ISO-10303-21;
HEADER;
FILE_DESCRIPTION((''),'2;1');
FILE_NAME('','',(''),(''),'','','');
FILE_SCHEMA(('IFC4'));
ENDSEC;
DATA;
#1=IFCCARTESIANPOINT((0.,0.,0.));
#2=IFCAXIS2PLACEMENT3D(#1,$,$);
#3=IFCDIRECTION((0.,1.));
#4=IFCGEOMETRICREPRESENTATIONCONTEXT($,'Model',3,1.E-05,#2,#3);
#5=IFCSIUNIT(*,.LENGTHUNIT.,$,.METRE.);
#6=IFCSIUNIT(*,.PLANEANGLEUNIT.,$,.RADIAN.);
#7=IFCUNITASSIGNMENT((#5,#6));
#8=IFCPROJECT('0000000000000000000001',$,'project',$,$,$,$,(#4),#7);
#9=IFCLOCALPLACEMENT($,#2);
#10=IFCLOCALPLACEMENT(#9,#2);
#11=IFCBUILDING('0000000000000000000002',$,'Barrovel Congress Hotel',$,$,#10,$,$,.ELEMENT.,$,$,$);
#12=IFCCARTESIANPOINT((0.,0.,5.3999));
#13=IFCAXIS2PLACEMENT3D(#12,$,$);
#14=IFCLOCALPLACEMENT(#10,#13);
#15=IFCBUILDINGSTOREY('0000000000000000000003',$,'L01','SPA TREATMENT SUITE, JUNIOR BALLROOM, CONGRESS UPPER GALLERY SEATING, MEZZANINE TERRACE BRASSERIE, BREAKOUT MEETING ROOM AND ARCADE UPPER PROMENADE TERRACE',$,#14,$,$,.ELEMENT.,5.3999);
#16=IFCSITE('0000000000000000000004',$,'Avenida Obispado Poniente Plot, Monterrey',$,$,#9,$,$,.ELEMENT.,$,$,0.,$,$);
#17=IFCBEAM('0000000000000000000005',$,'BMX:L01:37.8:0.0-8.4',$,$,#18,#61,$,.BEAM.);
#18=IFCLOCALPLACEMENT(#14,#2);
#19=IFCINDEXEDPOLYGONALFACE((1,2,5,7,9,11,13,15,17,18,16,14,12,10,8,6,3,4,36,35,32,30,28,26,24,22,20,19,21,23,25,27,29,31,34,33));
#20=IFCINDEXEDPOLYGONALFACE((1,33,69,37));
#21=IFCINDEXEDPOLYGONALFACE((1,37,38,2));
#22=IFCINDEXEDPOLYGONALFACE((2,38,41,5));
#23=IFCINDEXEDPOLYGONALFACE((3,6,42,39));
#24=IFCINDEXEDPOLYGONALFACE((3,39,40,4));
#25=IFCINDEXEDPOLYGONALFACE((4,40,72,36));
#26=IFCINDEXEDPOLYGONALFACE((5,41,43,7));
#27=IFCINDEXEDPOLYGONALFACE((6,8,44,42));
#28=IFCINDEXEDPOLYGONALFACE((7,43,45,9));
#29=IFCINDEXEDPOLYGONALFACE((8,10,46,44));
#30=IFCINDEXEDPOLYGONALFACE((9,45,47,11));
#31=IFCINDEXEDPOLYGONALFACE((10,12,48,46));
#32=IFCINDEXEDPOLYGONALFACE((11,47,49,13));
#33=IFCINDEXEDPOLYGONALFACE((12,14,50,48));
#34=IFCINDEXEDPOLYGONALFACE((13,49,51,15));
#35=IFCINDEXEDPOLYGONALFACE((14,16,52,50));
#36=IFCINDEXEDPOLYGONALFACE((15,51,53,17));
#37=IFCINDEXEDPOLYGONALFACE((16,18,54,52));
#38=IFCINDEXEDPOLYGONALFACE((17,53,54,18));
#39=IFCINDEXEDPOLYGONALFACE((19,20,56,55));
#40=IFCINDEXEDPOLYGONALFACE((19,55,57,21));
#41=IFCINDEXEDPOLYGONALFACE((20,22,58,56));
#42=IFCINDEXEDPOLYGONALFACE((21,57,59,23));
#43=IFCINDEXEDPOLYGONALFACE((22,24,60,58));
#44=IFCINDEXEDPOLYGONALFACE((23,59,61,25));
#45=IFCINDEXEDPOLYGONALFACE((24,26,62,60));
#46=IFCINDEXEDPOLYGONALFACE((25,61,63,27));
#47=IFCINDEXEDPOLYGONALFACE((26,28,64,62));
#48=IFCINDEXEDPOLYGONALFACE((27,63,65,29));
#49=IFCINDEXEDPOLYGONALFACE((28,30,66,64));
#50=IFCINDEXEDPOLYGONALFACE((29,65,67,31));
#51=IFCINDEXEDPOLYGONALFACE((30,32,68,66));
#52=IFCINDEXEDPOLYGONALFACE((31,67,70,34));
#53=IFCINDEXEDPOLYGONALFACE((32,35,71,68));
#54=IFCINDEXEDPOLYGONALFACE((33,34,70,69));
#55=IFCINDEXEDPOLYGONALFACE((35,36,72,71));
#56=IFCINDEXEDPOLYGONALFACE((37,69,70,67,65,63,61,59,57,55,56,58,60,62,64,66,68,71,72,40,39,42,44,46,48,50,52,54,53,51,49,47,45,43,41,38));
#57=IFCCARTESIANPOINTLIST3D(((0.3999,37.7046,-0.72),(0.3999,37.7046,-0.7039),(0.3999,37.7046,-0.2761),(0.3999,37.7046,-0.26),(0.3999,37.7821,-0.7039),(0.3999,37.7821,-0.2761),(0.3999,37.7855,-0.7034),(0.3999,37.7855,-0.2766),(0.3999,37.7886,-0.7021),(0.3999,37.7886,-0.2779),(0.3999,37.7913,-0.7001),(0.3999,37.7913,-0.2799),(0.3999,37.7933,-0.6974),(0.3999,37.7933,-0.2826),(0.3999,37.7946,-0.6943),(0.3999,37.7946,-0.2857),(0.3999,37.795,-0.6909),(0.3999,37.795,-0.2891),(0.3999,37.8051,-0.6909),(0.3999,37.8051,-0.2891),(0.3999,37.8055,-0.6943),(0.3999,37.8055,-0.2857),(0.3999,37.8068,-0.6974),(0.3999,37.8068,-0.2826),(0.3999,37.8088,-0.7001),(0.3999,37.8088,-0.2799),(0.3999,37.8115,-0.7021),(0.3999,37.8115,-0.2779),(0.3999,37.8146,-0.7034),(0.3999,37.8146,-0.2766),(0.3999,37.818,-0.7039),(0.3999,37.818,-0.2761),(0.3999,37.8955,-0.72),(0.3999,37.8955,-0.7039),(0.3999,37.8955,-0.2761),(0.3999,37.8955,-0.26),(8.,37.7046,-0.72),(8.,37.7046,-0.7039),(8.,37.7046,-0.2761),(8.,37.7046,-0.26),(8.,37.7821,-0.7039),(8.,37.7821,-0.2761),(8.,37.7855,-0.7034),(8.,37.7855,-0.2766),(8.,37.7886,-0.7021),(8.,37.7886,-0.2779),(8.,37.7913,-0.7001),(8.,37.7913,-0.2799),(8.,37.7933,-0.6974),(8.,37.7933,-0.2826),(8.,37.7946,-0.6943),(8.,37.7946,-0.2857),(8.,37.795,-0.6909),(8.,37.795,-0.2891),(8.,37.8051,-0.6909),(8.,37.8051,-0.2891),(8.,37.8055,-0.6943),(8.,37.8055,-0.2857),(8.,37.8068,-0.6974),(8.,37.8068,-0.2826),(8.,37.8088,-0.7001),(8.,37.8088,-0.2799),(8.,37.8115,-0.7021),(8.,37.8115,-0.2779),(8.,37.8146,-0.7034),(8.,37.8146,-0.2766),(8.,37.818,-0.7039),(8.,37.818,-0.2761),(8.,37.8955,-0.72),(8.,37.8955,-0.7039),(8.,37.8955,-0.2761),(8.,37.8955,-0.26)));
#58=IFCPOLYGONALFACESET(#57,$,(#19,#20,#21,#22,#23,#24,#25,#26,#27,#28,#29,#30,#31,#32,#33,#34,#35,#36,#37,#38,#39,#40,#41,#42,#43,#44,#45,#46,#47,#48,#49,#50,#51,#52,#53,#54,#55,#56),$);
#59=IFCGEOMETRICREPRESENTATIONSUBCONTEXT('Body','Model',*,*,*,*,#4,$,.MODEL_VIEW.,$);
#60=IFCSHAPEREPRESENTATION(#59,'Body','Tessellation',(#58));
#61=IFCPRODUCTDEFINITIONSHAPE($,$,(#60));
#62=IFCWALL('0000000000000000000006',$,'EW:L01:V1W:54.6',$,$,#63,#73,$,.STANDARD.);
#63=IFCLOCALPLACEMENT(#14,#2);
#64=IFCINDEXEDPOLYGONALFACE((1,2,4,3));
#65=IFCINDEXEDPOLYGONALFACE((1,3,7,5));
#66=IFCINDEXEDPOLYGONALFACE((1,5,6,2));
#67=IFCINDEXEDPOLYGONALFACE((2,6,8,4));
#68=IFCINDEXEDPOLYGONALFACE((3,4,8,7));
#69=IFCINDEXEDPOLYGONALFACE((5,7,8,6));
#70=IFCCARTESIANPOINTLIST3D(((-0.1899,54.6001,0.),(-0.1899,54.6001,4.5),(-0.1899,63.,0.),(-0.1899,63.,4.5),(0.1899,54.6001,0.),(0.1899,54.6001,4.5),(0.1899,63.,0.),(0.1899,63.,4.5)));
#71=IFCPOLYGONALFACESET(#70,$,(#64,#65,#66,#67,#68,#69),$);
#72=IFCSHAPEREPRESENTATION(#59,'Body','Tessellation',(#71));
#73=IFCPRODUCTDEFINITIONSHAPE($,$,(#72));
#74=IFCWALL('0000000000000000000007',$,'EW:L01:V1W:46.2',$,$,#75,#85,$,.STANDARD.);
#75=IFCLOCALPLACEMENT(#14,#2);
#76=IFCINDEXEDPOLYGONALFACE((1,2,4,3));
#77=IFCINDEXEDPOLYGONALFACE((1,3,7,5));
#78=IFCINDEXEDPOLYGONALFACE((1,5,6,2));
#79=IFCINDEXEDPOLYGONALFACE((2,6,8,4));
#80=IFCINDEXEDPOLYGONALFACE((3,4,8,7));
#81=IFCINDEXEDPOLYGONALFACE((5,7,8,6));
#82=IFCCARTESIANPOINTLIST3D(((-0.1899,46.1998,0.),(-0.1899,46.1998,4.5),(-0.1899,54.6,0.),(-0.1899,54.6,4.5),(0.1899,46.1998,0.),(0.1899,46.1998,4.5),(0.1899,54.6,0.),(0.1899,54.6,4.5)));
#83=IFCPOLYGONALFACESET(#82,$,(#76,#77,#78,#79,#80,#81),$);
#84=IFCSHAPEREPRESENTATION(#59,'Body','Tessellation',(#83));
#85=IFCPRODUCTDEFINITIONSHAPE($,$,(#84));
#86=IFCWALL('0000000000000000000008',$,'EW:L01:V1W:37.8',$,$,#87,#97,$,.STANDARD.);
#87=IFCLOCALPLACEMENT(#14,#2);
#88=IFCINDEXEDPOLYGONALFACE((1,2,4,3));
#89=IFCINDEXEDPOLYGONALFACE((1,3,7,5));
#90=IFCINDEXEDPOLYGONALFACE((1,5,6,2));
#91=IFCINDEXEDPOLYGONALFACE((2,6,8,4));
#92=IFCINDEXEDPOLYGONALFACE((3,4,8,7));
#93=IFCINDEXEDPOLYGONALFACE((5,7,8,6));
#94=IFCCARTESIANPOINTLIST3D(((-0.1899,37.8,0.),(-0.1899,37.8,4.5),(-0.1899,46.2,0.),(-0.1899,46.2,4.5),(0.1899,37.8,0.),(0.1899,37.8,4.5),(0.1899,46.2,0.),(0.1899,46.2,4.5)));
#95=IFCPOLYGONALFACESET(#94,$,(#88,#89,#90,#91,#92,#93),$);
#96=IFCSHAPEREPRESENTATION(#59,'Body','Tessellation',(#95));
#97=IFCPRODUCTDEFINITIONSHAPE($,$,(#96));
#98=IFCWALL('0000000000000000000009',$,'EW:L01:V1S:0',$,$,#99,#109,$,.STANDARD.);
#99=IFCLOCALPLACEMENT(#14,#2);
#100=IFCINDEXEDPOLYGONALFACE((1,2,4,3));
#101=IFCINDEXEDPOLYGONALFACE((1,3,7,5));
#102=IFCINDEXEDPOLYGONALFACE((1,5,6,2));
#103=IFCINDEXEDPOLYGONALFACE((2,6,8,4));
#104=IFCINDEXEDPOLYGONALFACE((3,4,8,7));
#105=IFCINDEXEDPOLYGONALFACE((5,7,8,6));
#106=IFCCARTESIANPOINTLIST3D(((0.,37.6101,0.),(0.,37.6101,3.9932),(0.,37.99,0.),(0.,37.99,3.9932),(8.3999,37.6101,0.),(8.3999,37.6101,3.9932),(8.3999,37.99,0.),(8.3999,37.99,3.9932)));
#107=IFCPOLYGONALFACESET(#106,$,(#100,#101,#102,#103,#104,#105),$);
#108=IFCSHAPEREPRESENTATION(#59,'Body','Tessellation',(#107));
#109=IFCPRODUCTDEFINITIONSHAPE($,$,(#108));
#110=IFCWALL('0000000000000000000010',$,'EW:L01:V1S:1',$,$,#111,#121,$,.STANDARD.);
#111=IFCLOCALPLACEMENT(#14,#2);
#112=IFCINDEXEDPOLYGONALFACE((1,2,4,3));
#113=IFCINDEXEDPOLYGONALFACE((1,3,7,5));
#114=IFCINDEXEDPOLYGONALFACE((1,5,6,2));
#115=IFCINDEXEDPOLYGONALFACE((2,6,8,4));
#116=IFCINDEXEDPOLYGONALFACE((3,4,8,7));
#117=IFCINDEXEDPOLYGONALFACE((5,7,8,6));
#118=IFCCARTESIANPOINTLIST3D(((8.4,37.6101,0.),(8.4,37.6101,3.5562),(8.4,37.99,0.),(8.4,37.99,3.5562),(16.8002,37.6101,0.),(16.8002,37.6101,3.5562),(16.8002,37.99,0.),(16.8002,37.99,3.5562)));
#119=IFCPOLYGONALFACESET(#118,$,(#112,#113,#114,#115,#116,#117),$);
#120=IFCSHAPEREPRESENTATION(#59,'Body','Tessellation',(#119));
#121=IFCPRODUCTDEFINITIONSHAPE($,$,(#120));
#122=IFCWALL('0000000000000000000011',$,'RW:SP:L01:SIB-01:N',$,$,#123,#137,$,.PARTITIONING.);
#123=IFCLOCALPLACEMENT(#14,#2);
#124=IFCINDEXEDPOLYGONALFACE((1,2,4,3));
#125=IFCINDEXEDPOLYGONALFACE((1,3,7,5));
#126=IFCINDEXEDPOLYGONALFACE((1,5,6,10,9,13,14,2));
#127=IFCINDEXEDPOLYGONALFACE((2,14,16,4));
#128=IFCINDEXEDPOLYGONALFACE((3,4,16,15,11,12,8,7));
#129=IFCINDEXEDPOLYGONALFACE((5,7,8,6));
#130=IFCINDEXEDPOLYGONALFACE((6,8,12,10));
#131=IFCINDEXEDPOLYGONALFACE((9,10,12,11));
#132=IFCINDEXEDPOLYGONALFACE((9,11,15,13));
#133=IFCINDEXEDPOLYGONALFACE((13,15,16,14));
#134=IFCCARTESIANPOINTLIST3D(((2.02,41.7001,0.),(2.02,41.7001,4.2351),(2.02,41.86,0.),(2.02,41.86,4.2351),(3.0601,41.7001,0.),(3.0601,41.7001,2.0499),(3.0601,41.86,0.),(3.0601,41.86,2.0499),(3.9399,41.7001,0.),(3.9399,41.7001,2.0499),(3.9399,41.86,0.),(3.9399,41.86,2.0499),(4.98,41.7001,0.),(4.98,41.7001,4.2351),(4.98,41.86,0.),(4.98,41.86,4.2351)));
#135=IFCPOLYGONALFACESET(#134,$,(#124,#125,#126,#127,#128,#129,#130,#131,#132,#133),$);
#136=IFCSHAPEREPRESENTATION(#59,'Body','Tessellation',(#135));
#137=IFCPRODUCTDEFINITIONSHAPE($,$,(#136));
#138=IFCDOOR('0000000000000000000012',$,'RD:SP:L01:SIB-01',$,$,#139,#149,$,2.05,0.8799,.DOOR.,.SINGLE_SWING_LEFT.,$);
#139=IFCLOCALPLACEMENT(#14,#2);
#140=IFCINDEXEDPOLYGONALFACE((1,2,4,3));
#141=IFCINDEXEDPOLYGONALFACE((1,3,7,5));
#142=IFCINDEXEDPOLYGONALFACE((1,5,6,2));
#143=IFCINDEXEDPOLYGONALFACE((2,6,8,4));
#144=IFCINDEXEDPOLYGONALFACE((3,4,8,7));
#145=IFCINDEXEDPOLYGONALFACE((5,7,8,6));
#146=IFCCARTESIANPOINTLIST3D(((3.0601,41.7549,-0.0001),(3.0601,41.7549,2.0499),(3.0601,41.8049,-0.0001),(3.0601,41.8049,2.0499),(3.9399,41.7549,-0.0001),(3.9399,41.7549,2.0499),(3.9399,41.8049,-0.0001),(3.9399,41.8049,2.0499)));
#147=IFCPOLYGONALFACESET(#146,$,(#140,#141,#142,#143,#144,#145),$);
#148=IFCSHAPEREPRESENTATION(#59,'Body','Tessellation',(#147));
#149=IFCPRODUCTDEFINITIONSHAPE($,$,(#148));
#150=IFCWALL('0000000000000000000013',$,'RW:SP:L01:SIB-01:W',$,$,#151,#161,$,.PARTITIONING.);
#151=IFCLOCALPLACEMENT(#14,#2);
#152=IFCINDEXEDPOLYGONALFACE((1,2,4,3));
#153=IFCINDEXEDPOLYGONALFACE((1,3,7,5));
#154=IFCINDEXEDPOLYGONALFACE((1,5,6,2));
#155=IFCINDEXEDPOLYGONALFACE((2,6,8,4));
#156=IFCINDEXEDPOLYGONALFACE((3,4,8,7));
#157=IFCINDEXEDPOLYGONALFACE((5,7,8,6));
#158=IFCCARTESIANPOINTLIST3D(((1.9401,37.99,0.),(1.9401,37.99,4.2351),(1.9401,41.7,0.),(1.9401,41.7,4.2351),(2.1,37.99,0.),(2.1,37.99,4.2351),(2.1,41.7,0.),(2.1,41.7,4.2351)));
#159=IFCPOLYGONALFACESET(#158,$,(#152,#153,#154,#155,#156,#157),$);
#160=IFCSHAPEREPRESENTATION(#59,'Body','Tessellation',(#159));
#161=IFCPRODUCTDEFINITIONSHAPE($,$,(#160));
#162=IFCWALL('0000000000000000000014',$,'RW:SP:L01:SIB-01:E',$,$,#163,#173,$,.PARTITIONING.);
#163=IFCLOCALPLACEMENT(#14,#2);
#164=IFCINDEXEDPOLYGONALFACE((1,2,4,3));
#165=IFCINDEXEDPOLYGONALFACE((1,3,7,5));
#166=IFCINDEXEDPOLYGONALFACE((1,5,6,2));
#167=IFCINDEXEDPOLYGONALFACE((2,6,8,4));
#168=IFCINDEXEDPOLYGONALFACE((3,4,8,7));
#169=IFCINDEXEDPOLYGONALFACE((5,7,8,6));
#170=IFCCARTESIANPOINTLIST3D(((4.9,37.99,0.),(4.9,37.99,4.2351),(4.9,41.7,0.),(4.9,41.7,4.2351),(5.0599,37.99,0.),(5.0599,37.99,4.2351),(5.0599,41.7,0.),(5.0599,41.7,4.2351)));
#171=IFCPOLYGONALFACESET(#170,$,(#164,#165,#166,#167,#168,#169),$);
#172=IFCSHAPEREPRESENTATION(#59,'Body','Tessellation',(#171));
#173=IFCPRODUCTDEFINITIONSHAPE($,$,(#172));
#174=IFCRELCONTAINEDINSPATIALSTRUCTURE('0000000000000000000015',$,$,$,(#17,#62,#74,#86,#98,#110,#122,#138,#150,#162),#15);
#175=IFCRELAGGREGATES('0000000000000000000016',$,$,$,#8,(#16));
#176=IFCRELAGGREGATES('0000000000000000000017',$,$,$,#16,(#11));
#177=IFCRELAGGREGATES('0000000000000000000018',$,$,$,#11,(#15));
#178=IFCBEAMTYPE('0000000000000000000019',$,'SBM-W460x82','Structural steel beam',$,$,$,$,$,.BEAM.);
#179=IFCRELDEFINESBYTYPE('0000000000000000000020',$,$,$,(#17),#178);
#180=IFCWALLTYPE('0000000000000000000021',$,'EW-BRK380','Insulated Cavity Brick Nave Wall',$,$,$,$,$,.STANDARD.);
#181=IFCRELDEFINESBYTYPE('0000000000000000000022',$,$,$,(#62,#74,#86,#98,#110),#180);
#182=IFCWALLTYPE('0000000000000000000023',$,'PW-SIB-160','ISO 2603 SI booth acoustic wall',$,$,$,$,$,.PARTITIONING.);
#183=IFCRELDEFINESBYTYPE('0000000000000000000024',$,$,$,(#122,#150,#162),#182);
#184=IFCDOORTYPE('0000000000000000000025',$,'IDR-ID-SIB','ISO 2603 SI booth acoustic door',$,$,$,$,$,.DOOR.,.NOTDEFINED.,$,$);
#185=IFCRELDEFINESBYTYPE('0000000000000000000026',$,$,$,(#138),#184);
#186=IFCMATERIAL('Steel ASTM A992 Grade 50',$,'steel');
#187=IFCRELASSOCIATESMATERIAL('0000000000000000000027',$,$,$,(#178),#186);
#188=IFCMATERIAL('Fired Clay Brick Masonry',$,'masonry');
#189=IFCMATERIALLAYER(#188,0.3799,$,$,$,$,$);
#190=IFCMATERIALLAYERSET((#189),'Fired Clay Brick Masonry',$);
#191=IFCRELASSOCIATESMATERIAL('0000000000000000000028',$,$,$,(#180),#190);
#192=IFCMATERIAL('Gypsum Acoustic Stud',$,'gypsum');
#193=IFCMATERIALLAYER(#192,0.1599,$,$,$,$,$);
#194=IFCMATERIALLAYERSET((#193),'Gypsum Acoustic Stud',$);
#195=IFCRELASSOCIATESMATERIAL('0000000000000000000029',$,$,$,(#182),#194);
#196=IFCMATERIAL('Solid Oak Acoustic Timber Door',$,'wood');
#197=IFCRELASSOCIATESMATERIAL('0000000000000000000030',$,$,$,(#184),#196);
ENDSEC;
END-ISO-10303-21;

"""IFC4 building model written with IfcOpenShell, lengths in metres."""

from ifc_helpers import new_model, si_unit, direction, frame, frame_2d, origin, origin_2d, place, context, subcontext, project, spatial, rectangle, i_section, extrude, material, layer, layer_set, material_profile, profile_set, type_object, element, fill, save


model = new_model("IFC4")

# Units and contexts
model_context = context("Model", 3, precision=1e-05, world=origin(), true_north=direction((0.0, 1.0)))
body_context = subcontext(model_context, "Body", "Model", "MODEL_VIEW")
ifc_project = project(units=[si_unit("LENGTHUNIT", "METRE"), si_unit("PLANEANGLEUNIT", "RADIAN")], contexts=[model_context])

# Site, building, storey
site_placement = place(None, origin())
site = spatial("IfcSite", under=ifc_project, at=site_placement, Name="Avenida Obispado Poniente Plot, Monterrey", CompositionType="ELEMENT", RefElevation=0.0)
building_placement = place(site_placement, origin())
building = spatial("IfcBuilding", under=site, at=building_placement, Name="Barrovel Congress Hotel", CompositionType="ELEMENT")
storey_placement = place(building_placement, frame((0.0, 0.0, 5.3999)))
storey = spatial("IfcBuildingStorey", under=building, at=storey_placement, Name="L01", Description="SPA TREATMENT SUITE, JUNIOR BALLROOM, CONGRESS UPPER GALLERY SEATING, MEZZANINE TERRACE BRASSERIE, BREAKOUT MEETING ROOM AND ARCADE UPPER PROMENADE TERRACE", CompositionType="ELEMENT", Elevation=5.3999)

# Beam
ifc_material_1 = material(Name="Steel ASTM A992 Grade 50", Category="steel")
ifc_material_profile_1 = material_profile(ifc_material_1, i_section(OverallWidth=0.1909, OverallDepth=0.46, WebThickness=0.01, FlangeThickness=0.0161, FilletRadius=0.0129, at=origin_2d()), Name="W460x82")
ifc_profile_set_1 = profile_set([ifc_material_profile_1], Name="Steel ASTM A992 Grade 50")
beam_type_1 = type_object("IfcBeamType", Name="SBM-W460x82", Description="Structural steel beam", PredefinedType="BEAM", material=ifc_profile_set_1)
beam_1_placement = place(storey_placement, frame((0.3999, 37.8, -0.49), z_axis=(1.0, 0.0, 0.0), x_axis=(0.0, 1.0, 0.0)))
element("IfcBeam", 1, at=beam_1_placement, inside=storey, type_object=beam_type_1, Name="BMX:L01:37.8:0.0-8.4", PredefinedType="BEAM", context=body_context, shape_type="SweptSolid", body=[
    extrude(i_section(OverallWidth=0.1909, OverallDepth=0.46, WebThickness=0.01, FlangeThickness=0.0161, FilletRadius=0.0129, at=origin_2d()), origin(), (0.0, 0.0, 1.0), 7.6001),
])

# Walls
ifc_material_2 = material(Name="Fired Clay Brick Masonry", Category="masonry")
ifc_layer_1 = layer(ifc_material_2, 0.3799)
ifc_layer_set_1 = layer_set([ifc_layer_1], Name="Fired Clay Brick Masonry")
wall_type_1 = type_object("IfcWallType", Name="EW-BRK380", Description="Insulated Cavity Brick Nave Wall", PredefinedType="STANDARD", material=ifc_layer_set_1)
wall_1_placement = place(storey_placement, frame((0.0, 63.0, 0.0), z_axis=(0.0, 0.0, 1.0), x_axis=(0.0, -1.0, 0.0)))
element("IfcWall", 2, at=wall_1_placement, inside=storey, type_object=wall_type_1, Name="EW:L01:V1W:54.6", PredefinedType="STANDARD", context=body_context, shape_type="SweptSolid", body=[
    extrude(rectangle(XDim=8.3999, YDim=0.3799, at=frame_2d((4.2, 0.0))), origin(), (0.0, 0.0, 1.0), 4.5),
])
wall_2_placement = place(storey_placement, frame((0.0, 54.6001, 0.0), z_axis=(0.0, 0.0, 1.0), x_axis=(0.0, -1.0, 0.0)))
element("IfcWall", 3, at=wall_2_placement, inside=storey, type_object=wall_type_1, Name="EW:L01:V1W:46.2", PredefinedType="STANDARD", context=body_context, shape_type="SweptSolid", body=[
    extrude(rectangle(XDim=8.4001, YDim=0.3799, at=frame_2d((4.2002, 0.0))), origin(), (0.0, 0.0, 1.0), 4.5),
])
wall_3_placement = place(storey_placement, frame((0.0, 46.2, 0.0), z_axis=(0.0, 0.0, 1.0), x_axis=(0.0, -1.0, 0.0)))
element("IfcWall", 4, at=wall_3_placement, inside=storey, type_object=wall_type_1, Name="EW:L01:V1W:37.8", PredefinedType="STANDARD", context=body_context, shape_type="SweptSolid", body=[
    extrude(rectangle(XDim=8.3999, YDim=0.3799, at=frame_2d((4.2, 0.0))), origin(), (0.0, 0.0, 1.0), 4.5),
])
wall_4_placement = place(storey_placement, frame((0.0, 37.8, 0.0), z_axis=(0.0, 0.0, 1.0), x_axis=(1.0, 0.0, 0.0)))
element("IfcWall", 5, at=wall_4_placement, inside=storey, type_object=wall_type_1, Name="EW:L01:V1S:0", PredefinedType="STANDARD", context=body_context, shape_type="SweptSolid", body=[
    extrude(rectangle(XDim=8.3999, YDim=0.3799, at=frame_2d((4.2, 0.0))), origin(), (0.0, 0.0, 1.0), 3.9932),
])
wall_5_placement = place(storey_placement, frame((8.3999, 37.8, 0.0), z_axis=(0.0, 0.0, 1.0), x_axis=(1.0, 0.0, 0.0)))
element("IfcWall", 6, at=wall_5_placement, inside=storey, type_object=wall_type_1, Name="EW:L01:V1S:1", PredefinedType="STANDARD", context=body_context, shape_type="SweptSolid", body=[
    extrude(rectangle(XDim=8.4001, YDim=0.3799, at=frame_2d((4.2002, 0.0))), origin(), (0.0, 0.0, 1.0), 3.5562),
])

# Wall, opening, door
ifc_material_3 = material(Name="Gypsum Acoustic Stud", Category="gypsum")
ifc_layer_2 = layer(ifc_material_3, 0.1599)
ifc_layer_set_2 = layer_set([ifc_layer_2], Name="Gypsum Acoustic Stud")
wall_type_2 = type_object("IfcWallType", Name="PW-SIB-160", Description="ISO 2603 SI booth acoustic wall", PredefinedType="PARTITIONING", material=ifc_layer_set_2)
wall_6_placement = place(storey_placement, frame((2.02, 41.78, 0.0), z_axis=(0.0, 0.0, 1.0), x_axis=(1.0, 0.0, 0.0)))
wall_6 = element("IfcWall", 7, at=wall_6_placement, inside=storey, type_object=wall_type_2, Name="RW:SP:L01:SIB-01:N", PredefinedType="PARTITIONING", context=body_context, shape_type="SweptSolid", body=[
    extrude(rectangle(XDim=2.96, YDim=0.1599, at=frame_2d((1.48, 0.0))), origin(), (0.0, 0.0, 1.0), 4.2351),
])
opening_1_placement = place(wall_6_placement, frame((1.04, 0.0, 0.0)))
opening_1 = element("IfcOpeningElement", 8, at=opening_1_placement, cuts=wall_6, PredefinedType="OPENING", context=body_context, shape_type="SweptSolid", body=[
    extrude(rectangle(XDim=0.8799, YDim=2.05, at=frame_2d((0.4399, 1.0249))), frame((0.0, 0.0898, 0.0), z_axis=(0.0, -1.0, 0.0), x_axis=(1.0, 0.0, 0.0)), (0.0, 0.0, 1.0), 0.1799),
])
ifc_material_4 = material(Name="Solid Oak Acoustic Timber Door", Category="wood")
door_type = type_object("IfcDoorType", Name="IDR-ID-SIB", Description="ISO 2603 SI booth acoustic door", OperationType="NOTDEFINED", PredefinedType="DOOR", material=ifc_material_4)
door_1_placement = place(opening_1_placement, origin())
door_1 = element("IfcDoor", 9, at=door_1_placement, inside=storey, type_object=door_type, Name="RD:SP:L01:SIB-01", OperationType="SINGLE_SWING_LEFT", OverallHeight=2.05, OverallWidth=0.8799, PredefinedType="DOOR", context=body_context, shape_type="SweptSolid", body=[
    extrude(rectangle(XDim=0.8799, YDim=2.05, at=frame_2d((0.4399, 1.0249))), frame((0.0, 0.0249, 0.0), z_axis=(0.0, -1.0, 0.0), x_axis=(1.0, 0.0, 0.0)), (0.0, 0.0, 1.0), 0.05),
])
fill(opening_1, door_1)

# Walls
for number, where, z_axis, x_axis, name in (
    (10, (2.02, 37.99, 0.0), (0.0, 0.0, 1.0), (0.0, 1.0, 0.0), "RW:SP:L01:SIB-01:W"),
    (11, (4.98, 37.99, 0.0), (0.0, 0.0, 1.0), (0.0, 1.0, 0.0), "RW:SP:L01:SIB-01:E"),
):
    element("IfcWall", number, at=place(storey_placement, frame(where, z_axis=z_axis, x_axis=x_axis)), inside=storey, type_object=wall_type_2, Name=name, PredefinedType="PARTITIONING", context=body_context, shape_type="SweptSolid", body=[
        extrude(rectangle(XDim=3.71, YDim=0.1599, at=frame_2d((1.855, 0.0))), origin(), (0.0, 0.0, 1.0), 4.2351),
    ])

save(model, "model.ifc")
